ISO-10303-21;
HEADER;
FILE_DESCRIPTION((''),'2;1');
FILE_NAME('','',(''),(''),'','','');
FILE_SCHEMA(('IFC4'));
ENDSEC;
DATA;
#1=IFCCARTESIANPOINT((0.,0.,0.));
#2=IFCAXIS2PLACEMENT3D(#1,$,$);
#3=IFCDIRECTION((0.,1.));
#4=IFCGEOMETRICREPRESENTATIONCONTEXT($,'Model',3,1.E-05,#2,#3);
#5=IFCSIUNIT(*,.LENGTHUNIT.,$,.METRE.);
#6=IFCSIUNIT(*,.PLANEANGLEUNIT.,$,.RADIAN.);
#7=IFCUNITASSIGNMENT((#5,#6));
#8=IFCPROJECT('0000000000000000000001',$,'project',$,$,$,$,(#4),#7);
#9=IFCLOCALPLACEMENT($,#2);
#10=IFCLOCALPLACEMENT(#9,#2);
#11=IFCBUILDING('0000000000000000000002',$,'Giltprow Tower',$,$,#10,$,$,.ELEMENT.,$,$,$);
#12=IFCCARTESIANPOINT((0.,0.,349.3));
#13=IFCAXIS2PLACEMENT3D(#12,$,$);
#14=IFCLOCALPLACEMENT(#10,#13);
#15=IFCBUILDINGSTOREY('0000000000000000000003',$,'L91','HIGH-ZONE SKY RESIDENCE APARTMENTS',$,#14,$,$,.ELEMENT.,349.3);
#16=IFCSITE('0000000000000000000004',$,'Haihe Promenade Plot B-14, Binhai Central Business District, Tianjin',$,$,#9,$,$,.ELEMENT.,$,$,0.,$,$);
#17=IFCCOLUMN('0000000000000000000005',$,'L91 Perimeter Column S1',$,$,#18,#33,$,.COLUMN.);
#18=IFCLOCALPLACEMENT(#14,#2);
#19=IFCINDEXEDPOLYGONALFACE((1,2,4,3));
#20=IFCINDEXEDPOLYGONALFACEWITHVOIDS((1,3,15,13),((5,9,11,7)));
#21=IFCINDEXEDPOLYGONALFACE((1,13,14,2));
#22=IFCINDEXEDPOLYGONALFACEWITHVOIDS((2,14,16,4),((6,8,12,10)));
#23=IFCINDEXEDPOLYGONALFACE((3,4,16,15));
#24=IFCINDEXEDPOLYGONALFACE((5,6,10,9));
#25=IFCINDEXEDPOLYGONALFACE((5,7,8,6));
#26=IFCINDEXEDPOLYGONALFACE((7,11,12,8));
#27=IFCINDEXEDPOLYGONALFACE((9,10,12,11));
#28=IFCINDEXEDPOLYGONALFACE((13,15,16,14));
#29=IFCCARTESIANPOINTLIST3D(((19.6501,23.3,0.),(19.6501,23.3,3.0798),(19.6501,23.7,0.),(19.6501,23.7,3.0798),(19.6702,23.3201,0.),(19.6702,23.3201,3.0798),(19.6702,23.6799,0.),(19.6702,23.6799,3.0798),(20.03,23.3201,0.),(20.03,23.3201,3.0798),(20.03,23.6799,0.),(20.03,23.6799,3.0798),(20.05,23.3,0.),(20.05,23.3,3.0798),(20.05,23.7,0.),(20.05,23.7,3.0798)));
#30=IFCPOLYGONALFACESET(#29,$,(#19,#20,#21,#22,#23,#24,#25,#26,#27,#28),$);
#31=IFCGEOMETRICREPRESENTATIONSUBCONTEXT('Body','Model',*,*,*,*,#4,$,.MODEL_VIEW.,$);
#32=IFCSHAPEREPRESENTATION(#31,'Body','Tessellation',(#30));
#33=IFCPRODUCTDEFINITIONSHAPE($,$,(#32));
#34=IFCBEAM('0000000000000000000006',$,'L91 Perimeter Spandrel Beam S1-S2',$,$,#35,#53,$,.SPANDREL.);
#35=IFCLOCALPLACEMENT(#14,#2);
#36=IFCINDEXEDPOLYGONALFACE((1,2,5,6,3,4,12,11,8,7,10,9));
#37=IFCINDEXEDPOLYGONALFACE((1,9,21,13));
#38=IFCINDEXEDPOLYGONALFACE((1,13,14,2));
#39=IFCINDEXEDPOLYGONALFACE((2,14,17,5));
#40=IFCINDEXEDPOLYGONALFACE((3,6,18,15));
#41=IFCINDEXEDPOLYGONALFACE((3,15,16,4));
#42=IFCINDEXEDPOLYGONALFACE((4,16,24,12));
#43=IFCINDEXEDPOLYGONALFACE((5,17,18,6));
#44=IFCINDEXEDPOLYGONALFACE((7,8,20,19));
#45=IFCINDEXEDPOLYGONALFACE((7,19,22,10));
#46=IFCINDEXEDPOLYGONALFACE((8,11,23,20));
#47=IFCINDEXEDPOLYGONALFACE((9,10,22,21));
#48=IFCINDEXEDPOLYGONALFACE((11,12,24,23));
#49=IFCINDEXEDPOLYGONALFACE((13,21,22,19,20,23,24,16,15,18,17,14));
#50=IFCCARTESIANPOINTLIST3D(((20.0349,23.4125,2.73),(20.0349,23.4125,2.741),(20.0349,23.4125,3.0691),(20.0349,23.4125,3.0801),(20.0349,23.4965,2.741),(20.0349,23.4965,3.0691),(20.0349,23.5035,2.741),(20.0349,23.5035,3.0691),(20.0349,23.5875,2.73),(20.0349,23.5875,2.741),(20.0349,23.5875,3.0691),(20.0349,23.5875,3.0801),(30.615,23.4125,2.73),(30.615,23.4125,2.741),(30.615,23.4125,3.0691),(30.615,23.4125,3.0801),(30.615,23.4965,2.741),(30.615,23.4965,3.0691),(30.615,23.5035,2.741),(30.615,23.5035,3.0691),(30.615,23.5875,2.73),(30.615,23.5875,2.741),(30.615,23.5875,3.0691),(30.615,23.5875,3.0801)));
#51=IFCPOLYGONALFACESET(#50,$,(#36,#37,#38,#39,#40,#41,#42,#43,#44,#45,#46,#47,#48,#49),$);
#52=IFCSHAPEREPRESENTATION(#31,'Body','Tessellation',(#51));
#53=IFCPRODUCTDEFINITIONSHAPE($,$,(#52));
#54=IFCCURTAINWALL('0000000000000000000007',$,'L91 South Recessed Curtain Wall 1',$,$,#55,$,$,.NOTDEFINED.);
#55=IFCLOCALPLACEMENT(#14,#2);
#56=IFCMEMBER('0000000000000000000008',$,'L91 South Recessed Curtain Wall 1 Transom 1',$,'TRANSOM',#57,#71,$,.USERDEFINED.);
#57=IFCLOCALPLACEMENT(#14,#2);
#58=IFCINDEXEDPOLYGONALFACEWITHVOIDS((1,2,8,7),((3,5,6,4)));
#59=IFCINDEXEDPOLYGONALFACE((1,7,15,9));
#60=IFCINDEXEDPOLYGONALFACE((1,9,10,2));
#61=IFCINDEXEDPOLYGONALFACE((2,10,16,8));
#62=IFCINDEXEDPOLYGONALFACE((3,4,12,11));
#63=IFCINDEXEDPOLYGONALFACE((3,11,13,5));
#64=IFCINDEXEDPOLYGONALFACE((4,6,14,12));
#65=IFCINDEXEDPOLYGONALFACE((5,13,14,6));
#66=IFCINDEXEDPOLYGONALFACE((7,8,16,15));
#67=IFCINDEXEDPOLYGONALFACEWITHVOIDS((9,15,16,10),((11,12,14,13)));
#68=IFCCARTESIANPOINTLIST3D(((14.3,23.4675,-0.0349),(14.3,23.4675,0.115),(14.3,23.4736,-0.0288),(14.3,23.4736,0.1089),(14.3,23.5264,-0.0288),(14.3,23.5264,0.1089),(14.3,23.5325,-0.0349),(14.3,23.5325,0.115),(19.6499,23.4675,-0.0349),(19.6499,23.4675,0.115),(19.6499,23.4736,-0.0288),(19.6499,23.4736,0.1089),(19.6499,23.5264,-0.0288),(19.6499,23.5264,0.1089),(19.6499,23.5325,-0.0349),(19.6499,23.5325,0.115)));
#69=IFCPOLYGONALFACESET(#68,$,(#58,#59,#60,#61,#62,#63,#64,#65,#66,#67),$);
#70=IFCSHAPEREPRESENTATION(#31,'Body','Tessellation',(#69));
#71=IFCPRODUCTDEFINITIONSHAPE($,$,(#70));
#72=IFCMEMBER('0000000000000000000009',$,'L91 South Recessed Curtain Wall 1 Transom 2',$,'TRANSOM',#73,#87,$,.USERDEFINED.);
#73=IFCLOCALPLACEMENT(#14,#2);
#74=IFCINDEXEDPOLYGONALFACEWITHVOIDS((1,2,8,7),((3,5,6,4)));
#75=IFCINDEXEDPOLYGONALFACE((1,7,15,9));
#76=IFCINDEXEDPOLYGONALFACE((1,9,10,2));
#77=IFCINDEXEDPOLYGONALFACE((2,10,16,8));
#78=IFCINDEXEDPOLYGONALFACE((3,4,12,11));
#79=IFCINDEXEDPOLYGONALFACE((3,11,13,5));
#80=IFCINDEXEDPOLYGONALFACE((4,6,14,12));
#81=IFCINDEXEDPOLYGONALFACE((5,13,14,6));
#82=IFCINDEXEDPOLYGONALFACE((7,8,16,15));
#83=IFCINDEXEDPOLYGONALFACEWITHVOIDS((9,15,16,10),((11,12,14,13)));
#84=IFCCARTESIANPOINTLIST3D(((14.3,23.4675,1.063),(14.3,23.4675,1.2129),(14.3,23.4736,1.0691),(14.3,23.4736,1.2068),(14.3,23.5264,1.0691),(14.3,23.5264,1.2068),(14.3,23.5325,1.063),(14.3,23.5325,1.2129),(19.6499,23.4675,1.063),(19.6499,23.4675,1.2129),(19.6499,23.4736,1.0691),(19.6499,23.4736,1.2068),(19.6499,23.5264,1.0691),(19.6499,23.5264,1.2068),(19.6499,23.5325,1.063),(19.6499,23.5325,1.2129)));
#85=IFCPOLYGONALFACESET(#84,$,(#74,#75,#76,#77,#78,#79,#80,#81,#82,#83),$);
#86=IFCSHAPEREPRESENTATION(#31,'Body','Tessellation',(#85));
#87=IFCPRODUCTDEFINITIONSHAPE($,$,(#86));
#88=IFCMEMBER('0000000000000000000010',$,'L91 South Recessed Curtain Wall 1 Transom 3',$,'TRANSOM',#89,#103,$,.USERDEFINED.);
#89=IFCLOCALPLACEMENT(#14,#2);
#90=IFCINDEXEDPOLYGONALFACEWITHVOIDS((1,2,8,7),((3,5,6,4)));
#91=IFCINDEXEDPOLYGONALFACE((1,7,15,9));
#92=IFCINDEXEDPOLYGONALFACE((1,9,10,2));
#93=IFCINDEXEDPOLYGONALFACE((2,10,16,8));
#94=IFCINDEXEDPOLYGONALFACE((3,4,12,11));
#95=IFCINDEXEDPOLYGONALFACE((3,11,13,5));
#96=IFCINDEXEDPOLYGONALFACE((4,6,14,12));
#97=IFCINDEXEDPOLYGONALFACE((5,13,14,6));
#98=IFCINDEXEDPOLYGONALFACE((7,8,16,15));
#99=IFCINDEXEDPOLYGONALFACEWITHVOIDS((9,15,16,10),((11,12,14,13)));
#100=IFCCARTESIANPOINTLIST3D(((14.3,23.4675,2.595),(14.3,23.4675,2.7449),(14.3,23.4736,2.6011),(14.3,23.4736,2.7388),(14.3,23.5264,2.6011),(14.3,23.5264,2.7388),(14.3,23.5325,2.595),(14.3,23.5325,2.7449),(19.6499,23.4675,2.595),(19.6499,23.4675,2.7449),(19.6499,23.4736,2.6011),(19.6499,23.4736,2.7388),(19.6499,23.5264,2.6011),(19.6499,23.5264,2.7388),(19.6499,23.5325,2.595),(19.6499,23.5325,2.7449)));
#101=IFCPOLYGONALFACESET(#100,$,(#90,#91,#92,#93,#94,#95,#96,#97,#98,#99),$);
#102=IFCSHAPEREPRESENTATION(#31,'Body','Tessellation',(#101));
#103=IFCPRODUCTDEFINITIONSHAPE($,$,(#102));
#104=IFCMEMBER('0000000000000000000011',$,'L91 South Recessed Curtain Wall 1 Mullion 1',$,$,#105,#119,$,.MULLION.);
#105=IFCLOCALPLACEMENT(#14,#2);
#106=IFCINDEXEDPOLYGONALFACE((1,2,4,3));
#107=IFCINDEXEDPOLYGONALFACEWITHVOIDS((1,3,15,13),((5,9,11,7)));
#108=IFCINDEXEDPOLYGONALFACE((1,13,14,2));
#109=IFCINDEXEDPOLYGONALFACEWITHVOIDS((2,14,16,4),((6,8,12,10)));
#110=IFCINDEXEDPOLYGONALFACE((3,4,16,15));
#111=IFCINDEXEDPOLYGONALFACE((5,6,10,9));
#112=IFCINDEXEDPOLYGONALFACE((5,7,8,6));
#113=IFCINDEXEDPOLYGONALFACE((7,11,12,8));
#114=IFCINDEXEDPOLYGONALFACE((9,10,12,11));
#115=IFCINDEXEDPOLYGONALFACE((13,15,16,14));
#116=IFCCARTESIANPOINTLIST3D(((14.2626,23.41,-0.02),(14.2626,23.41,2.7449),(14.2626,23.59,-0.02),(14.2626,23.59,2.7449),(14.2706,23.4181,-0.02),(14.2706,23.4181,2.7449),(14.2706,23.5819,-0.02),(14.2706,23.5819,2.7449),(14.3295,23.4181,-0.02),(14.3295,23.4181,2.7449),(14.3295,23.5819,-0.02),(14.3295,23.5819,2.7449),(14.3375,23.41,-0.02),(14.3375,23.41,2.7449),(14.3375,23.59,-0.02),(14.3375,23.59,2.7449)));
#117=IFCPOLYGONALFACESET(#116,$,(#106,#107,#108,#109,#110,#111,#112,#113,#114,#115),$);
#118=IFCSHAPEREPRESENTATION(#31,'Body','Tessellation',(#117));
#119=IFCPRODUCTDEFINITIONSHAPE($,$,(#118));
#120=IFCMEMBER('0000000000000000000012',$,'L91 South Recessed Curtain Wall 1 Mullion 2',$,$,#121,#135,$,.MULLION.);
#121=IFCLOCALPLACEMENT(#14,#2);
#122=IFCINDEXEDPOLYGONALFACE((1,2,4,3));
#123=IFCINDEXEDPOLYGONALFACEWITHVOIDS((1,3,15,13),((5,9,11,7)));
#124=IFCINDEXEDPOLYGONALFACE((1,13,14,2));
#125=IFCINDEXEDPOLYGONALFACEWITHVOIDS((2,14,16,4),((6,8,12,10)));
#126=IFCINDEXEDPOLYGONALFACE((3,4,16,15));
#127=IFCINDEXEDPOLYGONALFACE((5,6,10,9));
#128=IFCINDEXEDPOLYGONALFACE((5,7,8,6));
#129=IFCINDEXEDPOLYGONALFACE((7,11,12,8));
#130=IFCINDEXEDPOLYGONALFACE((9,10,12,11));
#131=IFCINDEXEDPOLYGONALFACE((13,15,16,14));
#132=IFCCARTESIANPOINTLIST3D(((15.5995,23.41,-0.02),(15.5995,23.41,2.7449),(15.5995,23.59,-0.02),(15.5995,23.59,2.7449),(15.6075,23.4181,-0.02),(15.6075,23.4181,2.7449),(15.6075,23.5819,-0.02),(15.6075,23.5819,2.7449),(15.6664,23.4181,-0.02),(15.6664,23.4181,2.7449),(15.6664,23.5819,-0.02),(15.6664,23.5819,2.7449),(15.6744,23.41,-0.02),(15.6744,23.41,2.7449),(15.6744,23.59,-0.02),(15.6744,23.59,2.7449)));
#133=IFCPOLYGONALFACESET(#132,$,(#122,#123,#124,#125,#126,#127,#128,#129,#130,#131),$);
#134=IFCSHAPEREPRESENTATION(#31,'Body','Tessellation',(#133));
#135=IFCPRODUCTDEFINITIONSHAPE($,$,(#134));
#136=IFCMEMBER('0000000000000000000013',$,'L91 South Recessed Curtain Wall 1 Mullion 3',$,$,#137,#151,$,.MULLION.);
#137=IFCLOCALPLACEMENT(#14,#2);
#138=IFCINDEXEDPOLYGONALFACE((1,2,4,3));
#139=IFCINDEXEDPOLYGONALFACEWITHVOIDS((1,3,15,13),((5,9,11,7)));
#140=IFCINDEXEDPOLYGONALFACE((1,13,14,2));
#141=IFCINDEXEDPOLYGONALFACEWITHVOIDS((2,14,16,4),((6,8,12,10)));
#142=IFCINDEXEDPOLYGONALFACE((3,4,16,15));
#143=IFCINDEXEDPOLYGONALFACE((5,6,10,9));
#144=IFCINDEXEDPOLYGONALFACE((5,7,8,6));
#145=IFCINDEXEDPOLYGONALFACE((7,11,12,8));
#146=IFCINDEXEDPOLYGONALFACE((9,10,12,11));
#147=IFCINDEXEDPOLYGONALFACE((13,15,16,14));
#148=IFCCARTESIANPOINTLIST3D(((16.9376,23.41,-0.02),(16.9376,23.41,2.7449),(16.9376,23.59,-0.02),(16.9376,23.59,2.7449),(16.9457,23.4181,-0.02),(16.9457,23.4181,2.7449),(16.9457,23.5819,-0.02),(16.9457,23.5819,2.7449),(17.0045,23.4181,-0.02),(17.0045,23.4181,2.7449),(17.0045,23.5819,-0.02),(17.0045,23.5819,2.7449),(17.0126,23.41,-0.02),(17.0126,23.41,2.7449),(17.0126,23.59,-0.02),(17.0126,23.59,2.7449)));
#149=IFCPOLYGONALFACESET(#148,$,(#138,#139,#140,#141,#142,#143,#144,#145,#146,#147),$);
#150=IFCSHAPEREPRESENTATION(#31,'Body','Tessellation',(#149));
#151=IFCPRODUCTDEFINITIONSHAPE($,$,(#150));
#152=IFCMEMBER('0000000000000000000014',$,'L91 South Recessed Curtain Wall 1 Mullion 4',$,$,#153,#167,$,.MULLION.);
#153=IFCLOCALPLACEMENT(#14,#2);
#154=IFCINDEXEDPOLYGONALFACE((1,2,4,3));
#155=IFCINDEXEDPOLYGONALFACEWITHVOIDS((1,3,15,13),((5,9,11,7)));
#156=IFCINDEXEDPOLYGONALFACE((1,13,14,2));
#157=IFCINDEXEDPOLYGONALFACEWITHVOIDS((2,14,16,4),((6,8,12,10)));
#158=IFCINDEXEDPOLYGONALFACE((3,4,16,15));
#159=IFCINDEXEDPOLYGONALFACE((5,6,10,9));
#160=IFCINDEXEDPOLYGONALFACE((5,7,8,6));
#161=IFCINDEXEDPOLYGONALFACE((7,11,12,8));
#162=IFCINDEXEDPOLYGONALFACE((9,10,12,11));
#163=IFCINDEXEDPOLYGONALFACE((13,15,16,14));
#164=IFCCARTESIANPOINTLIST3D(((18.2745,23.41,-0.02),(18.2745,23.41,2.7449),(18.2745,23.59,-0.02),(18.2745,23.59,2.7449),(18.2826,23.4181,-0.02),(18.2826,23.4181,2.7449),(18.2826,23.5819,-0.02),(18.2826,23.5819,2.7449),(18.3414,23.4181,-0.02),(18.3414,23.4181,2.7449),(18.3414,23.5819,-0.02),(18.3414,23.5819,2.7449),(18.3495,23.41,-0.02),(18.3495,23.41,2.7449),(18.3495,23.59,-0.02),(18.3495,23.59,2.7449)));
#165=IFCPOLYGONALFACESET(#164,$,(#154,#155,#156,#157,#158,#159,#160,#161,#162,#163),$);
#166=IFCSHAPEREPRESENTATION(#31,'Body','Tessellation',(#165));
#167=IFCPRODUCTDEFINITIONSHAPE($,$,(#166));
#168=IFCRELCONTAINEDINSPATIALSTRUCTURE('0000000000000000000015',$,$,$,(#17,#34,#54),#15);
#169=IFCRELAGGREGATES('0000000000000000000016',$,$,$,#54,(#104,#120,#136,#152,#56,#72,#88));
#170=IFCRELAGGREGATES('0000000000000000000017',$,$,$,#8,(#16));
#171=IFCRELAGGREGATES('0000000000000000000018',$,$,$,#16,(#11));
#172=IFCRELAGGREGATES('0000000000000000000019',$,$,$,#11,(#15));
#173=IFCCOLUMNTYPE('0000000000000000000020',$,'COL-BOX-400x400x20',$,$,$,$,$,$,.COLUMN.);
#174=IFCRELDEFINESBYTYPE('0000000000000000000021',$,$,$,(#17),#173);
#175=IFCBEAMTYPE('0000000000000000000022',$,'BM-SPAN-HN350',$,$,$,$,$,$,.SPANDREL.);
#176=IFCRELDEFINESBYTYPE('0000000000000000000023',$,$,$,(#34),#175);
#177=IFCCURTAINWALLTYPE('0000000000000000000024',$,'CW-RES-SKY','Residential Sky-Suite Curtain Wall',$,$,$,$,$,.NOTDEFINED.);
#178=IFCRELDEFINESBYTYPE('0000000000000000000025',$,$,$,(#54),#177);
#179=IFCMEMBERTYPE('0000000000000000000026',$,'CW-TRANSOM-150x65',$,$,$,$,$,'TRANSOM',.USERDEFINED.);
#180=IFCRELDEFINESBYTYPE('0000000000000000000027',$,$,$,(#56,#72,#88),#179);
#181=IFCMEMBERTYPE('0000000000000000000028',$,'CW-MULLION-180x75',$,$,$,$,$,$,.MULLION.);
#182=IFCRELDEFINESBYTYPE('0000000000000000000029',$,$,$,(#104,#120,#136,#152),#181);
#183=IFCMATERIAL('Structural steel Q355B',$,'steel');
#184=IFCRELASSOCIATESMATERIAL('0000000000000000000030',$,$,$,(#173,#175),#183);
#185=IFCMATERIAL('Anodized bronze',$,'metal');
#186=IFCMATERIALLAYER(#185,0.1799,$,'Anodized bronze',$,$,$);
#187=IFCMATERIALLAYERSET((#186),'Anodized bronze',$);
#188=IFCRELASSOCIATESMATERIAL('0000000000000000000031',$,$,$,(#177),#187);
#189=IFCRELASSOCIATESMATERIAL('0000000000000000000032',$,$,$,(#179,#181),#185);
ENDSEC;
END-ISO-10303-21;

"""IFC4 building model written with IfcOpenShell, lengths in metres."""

from ifc_helpers import new_model, si_unit, direction, frame, origin, origin_2d, place, context, subcontext, project, spatial, hollow_rectangle, i_section, extrude, source, transform, mapped, material, layer, layer_set, material_profile, profile_set, type_object, element, aggregate, save


model = new_model("IFC4")

# Units and contexts
model_context = context("Model", 3, precision=1e-05, world=origin(), true_north=direction((0.0, 1.0)))
body_context = subcontext(model_context, "Body", "Model", "MODEL_VIEW")
ifc_project = project(units=[si_unit("LENGTHUNIT", "METRE"), si_unit("PLANEANGLEUNIT", "RADIAN")], contexts=[model_context])

# Site, building, storey
site_placement = place(None, origin())
site = spatial("IfcSite", under=ifc_project, at=site_placement, Name="Haihe Promenade Plot B-14, Binhai Central Business District, Tianjin", CompositionType="ELEMENT", RefElevation=0.0)
building_placement = place(site_placement, origin())
building = spatial("IfcBuilding", under=site, at=building_placement, Name="Giltprow Tower", CompositionType="ELEMENT")
storey_placement = place(building_placement, frame((0.0, 0.0, 349.3)))
storey = spatial("IfcBuildingStorey", under=building, at=storey_placement, Name="L91", Description="HIGH-ZONE SKY RESIDENCE APARTMENTS", CompositionType="ELEMENT", Elevation=349.3)

# Column
ifc_material_1 = material(Name="Structural steel Q355B", Category="steel")
ifc_material_profile_1 = material_profile(ifc_material_1, hollow_rectangle(XDim=0.3999, YDim=0.3999, WallThickness=0.02, at=origin_2d()), Name="BOX 400x400x20")
ifc_profile_set_1 = profile_set([ifc_material_profile_1], Name="Structural steel Q355B")
column_type = type_object("IfcColumnType", Name="COL-BOX-400x400x20", PredefinedType="COLUMN", material=ifc_profile_set_1)
shared_shape_1 = source(origin(), body_context, "Body", "SweptSolid", [
    extrude(hollow_rectangle(XDim=0.3999, YDim=0.3999, WallThickness=0.02, at=origin_2d()), origin(), (0.0, 0.0, 1.0), 3.0798),
])
column_placement = place(storey_placement, frame((19.8501, 23.5, 0.0), z_axis=(0.0, 0.0, 1.0), x_axis=(1.0, 0.0, 0.0)))
element("IfcColumn", 1, at=column_placement, inside=storey, type_object=column_type, Name="L91 Perimeter Column S1", PredefinedType="COLUMN", context=body_context, shape_type="MappedRepresentation", body=[
    mapped(shared_shape_1, transform((0.0, 0.0, 0.0), x_axis=(1.0, 0.0, 0.0), y_axis=(0.0, 1.0, 0.0), z_axis=(0.0, 0.0, 1.0), scale=1.0)),
])

# Beam
ifc_material_profile_2 = material_profile(ifc_material_1, i_section(OverallWidth=0.175, OverallDepth=0.3501, WebThickness=0.0071, FlangeThickness=0.011, at=origin_2d()), Name="HN 350x175x7x11")
ifc_profile_set_2 = profile_set([ifc_material_profile_2], Name="Structural steel Q355B")
beam_type = type_object("IfcBeamType", Name="BM-SPAN-HN350", PredefinedType="SPANDREL", material=ifc_profile_set_2)
shared_shape_2 = source(origin(), body_context, "Body", "SweptSolid", [
    extrude(i_section(OverallWidth=0.175, OverallDepth=0.3501, WebThickness=0.0071, FlangeThickness=0.011, at=origin_2d()), origin(), (0.0, 0.0, 1.0), 10.5801),
])
beam_placement = place(storey_placement, frame((20.0349, 23.5, 2.905), z_axis=(1.0, 0.0, 0.0), x_axis=(0.0, 1.0, 0.0)))
element("IfcBeam", 2, at=beam_placement, inside=storey, type_object=beam_type, Name="L91 Perimeter Spandrel Beam S1-S2", PredefinedType="SPANDREL", context=body_context, shape_type="MappedRepresentation", body=[
    mapped(shared_shape_2, transform((0.0, 0.0, 0.0), x_axis=(1.0, 0.0, 0.0), y_axis=(0.0, 1.0, 0.0), z_axis=(0.0, 0.0, 1.0), scale=1.0)),
])

# Curtain wall, members
ifc_material_2 = material(Name="Anodized bronze", Category="metal")
ifc_layer_1 = layer(ifc_material_2, 0.1799, Name="Anodized bronze")
ifc_layer_set_1 = layer_set([ifc_layer_1], Name="Anodized bronze")
curtain_wall_type = type_object("IfcCurtainWallType", Name="CW-RES-SKY", Description="Residential Sky-Suite Curtain Wall", PredefinedType="NOTDEFINED", material=ifc_layer_set_1)
curtain_wall_placement = place(storey_placement, origin())
curtain_wall = element("IfcCurtainWall", 3, at=curtain_wall_placement, inside=storey, type_object=curtain_wall_type, Name="L91 South Recessed Curtain Wall 1", PredefinedType="NOTDEFINED")
ifc_material_profile_3 = material_profile(ifc_material_2, hollow_rectangle(XDim=0.0649, YDim=0.1499, WallThickness=0.0061, at=origin_2d()), Name="RHS 150x65x6")
ifc_profile_set_3 = profile_set([ifc_material_profile_3], Name="Anodized bronze")
member_type_1 = type_object("IfcMemberType", Name="CW-TRANSOM-150x65", ElementType="TRANSOM", PredefinedType="USERDEFINED", material=ifc_profile_set_3)
shared_shape_3 = source(origin(), body_context, "Body", "SweptSolid", [
    extrude(hollow_rectangle(XDim=0.0649, YDim=0.1499, WallThickness=0.0061, at=origin_2d()), origin(), (0.0, 0.0, 1.0), 5.3499),
])
member_1_placement = place(storey_placement, frame((14.3, 23.5, 0.04), z_axis=(1.0, 0.0, 0.0), x_axis=(0.0, 1.0, 0.0)))
member_1 = element("IfcMember", 4, at=member_1_placement, type_object=member_type_1, Name="L91 South Recessed Curtain Wall 1 Transom 1", ObjectType="TRANSOM", PredefinedType="USERDEFINED", context=body_context, shape_type="MappedRepresentation", body=[
    mapped(shared_shape_3, transform((0.0, 0.0, 0.0), x_axis=(1.0, 0.0, 0.0), y_axis=(0.0, 1.0, 0.0), z_axis=(0.0, 0.0, 1.0), scale=1.0)),
])
member_2_placement = place(storey_placement, frame((14.3, 23.5, 1.1379), z_axis=(1.0, 0.0, 0.0), x_axis=(0.0, 1.0, 0.0)))
member_2 = element("IfcMember", 5, at=member_2_placement, type_object=member_type_1, Name="L91 South Recessed Curtain Wall 1 Transom 2", ObjectType="TRANSOM", PredefinedType="USERDEFINED", context=body_context, shape_type="MappedRepresentation", body=[
    mapped(shared_shape_3, transform((0.0, 0.0, 0.0), x_axis=(1.0, 0.0, 0.0), y_axis=(0.0, 1.0, 0.0), z_axis=(0.0, 0.0, 1.0), scale=1.0)),
])
member_3_placement = place(storey_placement, frame((14.3, 23.5, 2.6699), z_axis=(1.0, 0.0, 0.0), x_axis=(0.0, 1.0, 0.0)))
member_3 = element("IfcMember", 6, at=member_3_placement, type_object=member_type_1, Name="L91 South Recessed Curtain Wall 1 Transom 3", ObjectType="TRANSOM", PredefinedType="USERDEFINED", context=body_context, shape_type="MappedRepresentation", body=[
    mapped(shared_shape_3, transform((0.0, 0.0, 0.0), x_axis=(1.0, 0.0, 0.0), y_axis=(0.0, 1.0, 0.0), z_axis=(0.0, 0.0, 1.0), scale=1.0)),
])
ifc_material_profile_4 = material_profile(ifc_material_2, hollow_rectangle(XDim=0.075, YDim=0.1799, WallThickness=0.0081, at=origin_2d()), Name="RHS 180x75x8")
ifc_profile_set_4 = profile_set([ifc_material_profile_4], Name="Anodized bronze")
member_type_2 = type_object("IfcMemberType", Name="CW-MULLION-180x75", PredefinedType="MULLION", material=ifc_profile_set_4)
shared_shape_4 = source(origin(), body_context, "Body", "SweptSolid", [
    extrude(hollow_rectangle(XDim=0.075, YDim=0.1799, WallThickness=0.0081, at=origin_2d()), origin(), (0.0, 0.0, 1.0), 2.7649),
])
member_4_placement = place(storey_placement, frame((14.3, 23.5, -0.02), z_axis=(0.0, 0.0, 1.0), x_axis=(1.0, 0.0, 0.0)))
member_4 = element("IfcMember", 7, at=member_4_placement, type_object=member_type_2, Name="L91 South Recessed Curtain Wall 1 Mullion 1", PredefinedType="MULLION", context=body_context, shape_type="MappedRepresentation", body=[
    mapped(shared_shape_4, transform((0.0, 0.0, 0.0), x_axis=(1.0, 0.0, 0.0), y_axis=(0.0, 1.0, 0.0), z_axis=(0.0, 0.0, 1.0), scale=1.0)),
])
member_5_placement = place(storey_placement, frame((15.637, 23.5, -0.02), z_axis=(0.0, 0.0, 1.0), x_axis=(1.0, 0.0, 0.0)))
member_5 = element("IfcMember", 8, at=member_5_placement, type_object=member_type_2, Name="L91 South Recessed Curtain Wall 1 Mullion 2", PredefinedType="MULLION", context=body_context, shape_type="MappedRepresentation", body=[
    mapped(shared_shape_4, transform((0.0, 0.0, 0.0), x_axis=(1.0, 0.0, 0.0), y_axis=(0.0, 1.0, 0.0), z_axis=(0.0, 0.0, 1.0), scale=1.0)),
])
member_6_placement = place(storey_placement, frame((16.9751, 23.5, -0.02), z_axis=(0.0, 0.0, 1.0), x_axis=(1.0, 0.0, 0.0)))
member_6 = element("IfcMember", 9, at=member_6_placement, type_object=member_type_2, Name="L91 South Recessed Curtain Wall 1 Mullion 3", PredefinedType="MULLION", context=body_context, shape_type="MappedRepresentation", body=[
    mapped(shared_shape_4, transform((0.0, 0.0, 0.0), x_axis=(1.0, 0.0, 0.0), y_axis=(0.0, 1.0, 0.0), z_axis=(0.0, 0.0, 1.0), scale=1.0)),
])
member_7_placement = place(storey_placement, frame((18.312, 23.5, -0.02), z_axis=(0.0, 0.0, 1.0), x_axis=(1.0, 0.0, 0.0)))
member_7 = element("IfcMember", 10, at=member_7_placement, type_object=member_type_2, Name="L91 South Recessed Curtain Wall 1 Mullion 4", PredefinedType="MULLION", context=body_context, shape_type="MappedRepresentation", body=[
    mapped(shared_shape_4, transform((0.0, 0.0, 0.0), x_axis=(1.0, 0.0, 0.0), y_axis=(0.0, 1.0, 0.0), z_axis=(0.0, 0.0, 1.0), scale=1.0)),
])

aggregate(curtain_wall, [member_4, member_5, member_6, member_7, member_1, member_2, member_3])

save(model, "model.ifc")
